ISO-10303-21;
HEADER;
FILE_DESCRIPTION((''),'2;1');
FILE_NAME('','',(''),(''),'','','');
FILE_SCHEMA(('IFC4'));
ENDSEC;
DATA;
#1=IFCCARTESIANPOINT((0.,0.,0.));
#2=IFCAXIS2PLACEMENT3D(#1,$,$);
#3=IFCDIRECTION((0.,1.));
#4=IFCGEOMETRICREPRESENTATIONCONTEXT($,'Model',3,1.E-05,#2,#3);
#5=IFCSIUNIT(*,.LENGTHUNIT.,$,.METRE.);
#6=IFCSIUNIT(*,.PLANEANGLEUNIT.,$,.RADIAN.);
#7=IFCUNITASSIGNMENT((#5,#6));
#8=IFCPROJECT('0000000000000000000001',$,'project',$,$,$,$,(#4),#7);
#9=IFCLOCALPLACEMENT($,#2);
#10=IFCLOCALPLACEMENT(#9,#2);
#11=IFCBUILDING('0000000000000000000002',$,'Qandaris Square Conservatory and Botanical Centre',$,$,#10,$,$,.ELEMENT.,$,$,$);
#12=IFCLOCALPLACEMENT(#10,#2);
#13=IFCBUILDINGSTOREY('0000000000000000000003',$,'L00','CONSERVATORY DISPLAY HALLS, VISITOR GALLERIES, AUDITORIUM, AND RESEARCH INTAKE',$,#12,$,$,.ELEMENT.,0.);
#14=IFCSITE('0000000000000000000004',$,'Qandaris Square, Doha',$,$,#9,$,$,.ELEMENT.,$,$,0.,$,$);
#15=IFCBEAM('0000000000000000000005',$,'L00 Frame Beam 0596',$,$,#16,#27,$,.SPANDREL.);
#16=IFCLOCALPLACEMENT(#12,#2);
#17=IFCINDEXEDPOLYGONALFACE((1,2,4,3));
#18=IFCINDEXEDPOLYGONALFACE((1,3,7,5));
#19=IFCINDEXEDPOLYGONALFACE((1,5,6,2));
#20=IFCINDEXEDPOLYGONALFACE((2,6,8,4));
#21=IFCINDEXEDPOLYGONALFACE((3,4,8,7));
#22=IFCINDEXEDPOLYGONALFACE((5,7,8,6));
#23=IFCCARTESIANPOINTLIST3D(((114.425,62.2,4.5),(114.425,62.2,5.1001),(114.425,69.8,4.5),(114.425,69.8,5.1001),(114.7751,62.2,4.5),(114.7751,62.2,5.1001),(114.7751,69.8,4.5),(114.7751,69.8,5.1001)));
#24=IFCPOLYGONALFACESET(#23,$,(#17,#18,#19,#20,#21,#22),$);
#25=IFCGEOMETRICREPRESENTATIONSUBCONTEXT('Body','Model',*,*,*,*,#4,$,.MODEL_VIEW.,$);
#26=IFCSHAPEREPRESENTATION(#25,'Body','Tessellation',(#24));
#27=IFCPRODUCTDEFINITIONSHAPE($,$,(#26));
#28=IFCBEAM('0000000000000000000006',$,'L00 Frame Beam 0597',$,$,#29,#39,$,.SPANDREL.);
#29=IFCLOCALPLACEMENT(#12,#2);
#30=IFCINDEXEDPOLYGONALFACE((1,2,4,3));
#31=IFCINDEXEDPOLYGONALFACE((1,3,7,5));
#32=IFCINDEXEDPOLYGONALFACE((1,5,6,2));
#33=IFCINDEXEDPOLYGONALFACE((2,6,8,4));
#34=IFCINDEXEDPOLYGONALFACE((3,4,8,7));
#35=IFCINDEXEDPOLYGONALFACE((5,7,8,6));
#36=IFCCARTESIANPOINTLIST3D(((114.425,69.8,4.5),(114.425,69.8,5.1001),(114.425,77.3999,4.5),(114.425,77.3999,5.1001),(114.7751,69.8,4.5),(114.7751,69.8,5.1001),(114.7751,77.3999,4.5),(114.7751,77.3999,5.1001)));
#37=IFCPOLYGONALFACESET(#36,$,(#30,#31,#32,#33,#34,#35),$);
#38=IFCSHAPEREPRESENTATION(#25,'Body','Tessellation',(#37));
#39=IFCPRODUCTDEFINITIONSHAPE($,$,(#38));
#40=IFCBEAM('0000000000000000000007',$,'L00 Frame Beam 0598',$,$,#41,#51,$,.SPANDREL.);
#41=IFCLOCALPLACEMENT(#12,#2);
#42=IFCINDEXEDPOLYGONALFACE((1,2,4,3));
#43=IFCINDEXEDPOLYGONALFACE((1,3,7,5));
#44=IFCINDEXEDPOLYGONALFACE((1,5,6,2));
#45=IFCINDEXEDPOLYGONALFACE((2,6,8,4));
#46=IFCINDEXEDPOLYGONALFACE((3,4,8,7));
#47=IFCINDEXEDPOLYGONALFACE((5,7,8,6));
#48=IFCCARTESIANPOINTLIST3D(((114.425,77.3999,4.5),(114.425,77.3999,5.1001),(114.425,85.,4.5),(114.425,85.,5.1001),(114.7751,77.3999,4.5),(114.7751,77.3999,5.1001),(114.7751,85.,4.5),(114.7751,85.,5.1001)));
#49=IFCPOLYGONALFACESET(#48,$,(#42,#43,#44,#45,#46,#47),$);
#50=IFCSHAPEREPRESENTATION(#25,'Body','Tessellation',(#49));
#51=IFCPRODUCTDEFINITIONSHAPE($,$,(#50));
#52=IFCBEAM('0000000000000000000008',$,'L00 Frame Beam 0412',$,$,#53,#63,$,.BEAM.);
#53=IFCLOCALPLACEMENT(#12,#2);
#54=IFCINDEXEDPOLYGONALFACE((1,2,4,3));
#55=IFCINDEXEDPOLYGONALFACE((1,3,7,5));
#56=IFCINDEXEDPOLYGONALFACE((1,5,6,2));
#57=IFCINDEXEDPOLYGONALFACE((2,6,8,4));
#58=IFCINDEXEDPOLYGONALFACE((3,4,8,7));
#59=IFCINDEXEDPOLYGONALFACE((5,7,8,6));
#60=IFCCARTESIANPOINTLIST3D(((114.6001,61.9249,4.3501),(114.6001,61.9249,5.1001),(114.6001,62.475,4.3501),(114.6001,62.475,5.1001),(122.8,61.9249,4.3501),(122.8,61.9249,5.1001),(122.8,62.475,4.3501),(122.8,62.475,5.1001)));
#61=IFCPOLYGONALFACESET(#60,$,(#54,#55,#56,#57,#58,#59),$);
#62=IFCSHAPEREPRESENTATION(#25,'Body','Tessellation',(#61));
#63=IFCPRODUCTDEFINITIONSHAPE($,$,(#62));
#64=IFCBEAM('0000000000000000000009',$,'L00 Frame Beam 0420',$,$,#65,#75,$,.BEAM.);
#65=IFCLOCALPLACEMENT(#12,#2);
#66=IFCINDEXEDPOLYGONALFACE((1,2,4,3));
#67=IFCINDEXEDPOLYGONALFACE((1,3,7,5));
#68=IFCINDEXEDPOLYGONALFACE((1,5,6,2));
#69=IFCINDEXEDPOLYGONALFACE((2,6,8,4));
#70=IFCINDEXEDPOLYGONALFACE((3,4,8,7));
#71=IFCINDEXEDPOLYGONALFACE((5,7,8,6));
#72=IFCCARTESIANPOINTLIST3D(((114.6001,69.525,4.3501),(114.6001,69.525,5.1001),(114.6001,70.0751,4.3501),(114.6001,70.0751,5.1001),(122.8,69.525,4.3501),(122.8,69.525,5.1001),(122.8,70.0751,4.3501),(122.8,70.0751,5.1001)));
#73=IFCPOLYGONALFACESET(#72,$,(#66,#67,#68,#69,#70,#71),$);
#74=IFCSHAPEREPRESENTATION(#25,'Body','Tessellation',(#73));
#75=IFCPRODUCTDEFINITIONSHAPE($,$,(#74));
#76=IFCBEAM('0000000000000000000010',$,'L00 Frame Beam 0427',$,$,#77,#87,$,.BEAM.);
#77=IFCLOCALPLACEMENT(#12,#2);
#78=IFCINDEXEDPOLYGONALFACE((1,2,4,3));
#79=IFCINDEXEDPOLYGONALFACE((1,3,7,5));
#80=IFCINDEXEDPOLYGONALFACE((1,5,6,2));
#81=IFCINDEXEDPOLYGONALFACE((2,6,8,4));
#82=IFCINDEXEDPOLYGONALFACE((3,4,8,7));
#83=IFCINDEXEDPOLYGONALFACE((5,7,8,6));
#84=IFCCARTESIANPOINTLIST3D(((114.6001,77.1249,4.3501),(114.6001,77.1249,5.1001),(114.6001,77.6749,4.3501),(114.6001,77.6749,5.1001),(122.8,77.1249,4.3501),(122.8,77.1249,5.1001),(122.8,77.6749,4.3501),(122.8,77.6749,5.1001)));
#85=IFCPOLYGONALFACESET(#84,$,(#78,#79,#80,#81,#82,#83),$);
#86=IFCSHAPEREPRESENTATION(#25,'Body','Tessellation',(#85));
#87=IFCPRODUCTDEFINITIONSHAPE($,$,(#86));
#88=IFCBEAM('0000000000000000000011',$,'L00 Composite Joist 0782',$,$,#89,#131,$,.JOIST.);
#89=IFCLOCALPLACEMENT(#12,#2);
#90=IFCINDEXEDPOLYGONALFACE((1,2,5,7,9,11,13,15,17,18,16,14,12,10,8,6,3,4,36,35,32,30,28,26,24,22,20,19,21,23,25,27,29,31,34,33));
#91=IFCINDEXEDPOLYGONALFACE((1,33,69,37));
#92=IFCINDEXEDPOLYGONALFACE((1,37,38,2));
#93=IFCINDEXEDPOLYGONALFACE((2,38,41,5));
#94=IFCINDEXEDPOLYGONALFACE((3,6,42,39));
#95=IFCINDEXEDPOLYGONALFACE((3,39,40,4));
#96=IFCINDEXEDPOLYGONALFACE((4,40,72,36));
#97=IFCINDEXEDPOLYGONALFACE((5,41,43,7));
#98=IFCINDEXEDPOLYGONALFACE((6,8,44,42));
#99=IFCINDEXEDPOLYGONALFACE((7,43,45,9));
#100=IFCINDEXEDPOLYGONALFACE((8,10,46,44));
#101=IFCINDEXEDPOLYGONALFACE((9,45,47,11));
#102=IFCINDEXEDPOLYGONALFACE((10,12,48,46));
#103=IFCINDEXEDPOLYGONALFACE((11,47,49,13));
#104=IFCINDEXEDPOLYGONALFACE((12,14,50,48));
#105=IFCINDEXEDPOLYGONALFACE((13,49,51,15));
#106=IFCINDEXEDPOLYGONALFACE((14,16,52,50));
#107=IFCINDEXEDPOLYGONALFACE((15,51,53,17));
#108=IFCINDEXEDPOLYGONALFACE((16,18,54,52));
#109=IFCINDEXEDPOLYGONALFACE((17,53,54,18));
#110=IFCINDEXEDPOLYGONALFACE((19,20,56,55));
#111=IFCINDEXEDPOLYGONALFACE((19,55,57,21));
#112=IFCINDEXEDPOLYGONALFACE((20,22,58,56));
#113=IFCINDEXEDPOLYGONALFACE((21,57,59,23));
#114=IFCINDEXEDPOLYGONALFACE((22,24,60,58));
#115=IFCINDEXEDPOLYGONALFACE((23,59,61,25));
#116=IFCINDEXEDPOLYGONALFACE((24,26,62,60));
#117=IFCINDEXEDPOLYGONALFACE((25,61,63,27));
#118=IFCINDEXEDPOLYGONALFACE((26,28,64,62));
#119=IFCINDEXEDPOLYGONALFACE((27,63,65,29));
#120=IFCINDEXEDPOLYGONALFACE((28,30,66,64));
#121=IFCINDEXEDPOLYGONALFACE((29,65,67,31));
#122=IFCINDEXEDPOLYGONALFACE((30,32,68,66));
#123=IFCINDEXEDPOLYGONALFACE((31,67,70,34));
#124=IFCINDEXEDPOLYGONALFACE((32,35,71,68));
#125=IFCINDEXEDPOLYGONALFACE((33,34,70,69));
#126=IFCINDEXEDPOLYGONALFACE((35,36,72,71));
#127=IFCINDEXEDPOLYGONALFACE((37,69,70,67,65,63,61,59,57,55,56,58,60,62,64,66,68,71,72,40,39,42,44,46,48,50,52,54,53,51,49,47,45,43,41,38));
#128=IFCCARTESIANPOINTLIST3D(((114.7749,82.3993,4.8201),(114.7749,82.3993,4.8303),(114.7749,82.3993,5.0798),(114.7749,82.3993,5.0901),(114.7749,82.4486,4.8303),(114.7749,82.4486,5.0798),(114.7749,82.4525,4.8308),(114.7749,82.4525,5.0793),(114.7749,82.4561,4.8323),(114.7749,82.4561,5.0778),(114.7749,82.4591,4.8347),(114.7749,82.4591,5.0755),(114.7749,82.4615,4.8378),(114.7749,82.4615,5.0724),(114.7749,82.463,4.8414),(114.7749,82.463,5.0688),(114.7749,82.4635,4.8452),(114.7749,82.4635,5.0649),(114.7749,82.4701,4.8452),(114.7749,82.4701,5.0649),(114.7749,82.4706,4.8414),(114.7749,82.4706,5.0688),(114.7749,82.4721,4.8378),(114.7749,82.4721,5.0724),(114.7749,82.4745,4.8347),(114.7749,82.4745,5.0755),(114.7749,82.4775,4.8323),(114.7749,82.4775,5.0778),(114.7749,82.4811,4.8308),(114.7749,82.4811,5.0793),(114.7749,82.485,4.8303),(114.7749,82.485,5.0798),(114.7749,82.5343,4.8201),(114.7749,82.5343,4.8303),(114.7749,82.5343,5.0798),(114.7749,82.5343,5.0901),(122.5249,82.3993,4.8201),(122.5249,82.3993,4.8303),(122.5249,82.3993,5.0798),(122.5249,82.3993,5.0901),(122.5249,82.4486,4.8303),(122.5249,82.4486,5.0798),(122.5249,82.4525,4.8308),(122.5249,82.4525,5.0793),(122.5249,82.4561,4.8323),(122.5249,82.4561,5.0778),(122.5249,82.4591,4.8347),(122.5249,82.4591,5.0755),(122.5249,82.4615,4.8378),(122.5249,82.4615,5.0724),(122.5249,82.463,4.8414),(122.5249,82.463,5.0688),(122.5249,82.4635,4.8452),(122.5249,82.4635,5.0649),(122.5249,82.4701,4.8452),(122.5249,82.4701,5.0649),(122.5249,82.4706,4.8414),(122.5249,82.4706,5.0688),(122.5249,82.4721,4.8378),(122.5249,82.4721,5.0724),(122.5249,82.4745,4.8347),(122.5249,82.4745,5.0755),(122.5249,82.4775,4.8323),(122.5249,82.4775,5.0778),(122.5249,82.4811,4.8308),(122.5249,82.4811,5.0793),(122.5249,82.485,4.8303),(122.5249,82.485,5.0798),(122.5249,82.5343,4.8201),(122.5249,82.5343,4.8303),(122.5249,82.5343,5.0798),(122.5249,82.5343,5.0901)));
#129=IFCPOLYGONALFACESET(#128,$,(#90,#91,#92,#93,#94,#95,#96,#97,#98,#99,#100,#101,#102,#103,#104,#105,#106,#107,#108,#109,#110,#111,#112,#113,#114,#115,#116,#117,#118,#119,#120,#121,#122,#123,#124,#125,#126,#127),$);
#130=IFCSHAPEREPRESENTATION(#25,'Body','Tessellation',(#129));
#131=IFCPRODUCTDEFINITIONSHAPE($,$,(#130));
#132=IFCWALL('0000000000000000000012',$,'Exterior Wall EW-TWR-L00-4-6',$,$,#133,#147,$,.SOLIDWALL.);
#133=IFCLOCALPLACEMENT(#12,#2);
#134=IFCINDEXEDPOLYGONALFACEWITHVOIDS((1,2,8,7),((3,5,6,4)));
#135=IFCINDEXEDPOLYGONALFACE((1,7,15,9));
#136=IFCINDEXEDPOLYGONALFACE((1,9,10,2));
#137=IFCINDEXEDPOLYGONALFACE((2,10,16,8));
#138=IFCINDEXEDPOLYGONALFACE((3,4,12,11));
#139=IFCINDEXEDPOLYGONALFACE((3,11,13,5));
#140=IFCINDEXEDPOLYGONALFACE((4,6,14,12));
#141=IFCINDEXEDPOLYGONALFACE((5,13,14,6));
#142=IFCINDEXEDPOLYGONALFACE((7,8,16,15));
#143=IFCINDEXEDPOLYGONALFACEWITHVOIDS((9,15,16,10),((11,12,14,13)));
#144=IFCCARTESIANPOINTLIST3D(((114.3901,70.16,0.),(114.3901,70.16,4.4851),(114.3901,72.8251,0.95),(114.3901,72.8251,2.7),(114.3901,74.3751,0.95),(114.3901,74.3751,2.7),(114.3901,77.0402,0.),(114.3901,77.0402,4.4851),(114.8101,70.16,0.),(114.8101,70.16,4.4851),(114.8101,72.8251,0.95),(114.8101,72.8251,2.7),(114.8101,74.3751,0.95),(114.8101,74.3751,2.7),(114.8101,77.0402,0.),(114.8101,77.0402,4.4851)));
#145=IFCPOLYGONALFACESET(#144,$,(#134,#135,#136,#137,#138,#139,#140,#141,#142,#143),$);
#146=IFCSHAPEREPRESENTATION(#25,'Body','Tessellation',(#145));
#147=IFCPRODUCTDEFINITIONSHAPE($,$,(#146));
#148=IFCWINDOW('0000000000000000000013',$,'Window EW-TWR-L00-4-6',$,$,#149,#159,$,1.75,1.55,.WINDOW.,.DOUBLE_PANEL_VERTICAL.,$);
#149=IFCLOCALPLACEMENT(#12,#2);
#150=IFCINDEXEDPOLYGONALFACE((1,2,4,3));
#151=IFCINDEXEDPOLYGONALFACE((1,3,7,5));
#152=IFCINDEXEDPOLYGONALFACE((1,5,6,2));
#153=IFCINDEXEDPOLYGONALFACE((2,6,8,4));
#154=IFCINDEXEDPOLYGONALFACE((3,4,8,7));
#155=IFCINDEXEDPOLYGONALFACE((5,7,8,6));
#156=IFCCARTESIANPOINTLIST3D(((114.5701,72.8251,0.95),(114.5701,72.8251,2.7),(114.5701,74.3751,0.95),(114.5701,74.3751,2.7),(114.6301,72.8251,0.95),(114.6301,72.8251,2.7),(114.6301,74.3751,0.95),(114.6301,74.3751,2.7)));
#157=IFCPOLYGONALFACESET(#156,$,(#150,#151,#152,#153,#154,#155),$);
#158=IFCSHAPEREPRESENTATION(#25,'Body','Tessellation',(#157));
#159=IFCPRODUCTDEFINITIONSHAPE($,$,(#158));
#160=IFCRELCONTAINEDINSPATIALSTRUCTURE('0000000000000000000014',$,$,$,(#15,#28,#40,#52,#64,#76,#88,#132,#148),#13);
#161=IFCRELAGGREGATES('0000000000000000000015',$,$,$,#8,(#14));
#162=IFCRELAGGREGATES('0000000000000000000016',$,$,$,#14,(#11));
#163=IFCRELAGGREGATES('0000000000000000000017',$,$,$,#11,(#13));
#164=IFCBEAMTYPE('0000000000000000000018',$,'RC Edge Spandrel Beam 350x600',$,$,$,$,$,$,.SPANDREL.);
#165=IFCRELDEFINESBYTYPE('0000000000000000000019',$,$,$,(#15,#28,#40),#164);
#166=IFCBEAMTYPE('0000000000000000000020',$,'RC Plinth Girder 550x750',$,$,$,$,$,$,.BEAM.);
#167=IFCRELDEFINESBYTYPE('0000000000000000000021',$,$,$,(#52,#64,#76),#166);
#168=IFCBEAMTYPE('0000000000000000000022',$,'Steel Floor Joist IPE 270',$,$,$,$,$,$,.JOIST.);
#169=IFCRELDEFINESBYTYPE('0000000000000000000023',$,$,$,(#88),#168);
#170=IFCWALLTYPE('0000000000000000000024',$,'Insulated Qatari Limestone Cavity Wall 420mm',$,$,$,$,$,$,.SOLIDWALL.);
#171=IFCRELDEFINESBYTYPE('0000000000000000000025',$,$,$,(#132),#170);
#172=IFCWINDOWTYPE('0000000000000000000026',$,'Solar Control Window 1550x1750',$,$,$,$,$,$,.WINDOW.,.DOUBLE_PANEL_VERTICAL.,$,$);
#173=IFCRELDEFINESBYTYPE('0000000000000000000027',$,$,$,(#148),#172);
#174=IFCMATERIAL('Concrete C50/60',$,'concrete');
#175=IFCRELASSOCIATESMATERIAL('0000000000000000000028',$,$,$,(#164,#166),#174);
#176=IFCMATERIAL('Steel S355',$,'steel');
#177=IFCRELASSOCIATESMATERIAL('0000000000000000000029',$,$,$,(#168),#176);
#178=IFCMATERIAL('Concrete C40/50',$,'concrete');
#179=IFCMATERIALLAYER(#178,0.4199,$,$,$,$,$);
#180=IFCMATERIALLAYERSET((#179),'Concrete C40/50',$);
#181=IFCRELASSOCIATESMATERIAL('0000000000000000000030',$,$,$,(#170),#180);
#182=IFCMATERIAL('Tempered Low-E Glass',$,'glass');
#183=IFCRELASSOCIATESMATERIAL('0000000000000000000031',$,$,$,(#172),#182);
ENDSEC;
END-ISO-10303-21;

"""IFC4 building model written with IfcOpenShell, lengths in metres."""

from ifc_helpers import new_model, si_unit, direction, frame, frame_2d, origin, origin_2d, place, context, subcontext, project, spatial, rectangle, i_section, extrude, material, layer, layer_set, material_profile, profile_set, type_object, element, fill, save


model = new_model("IFC4")

# Units and contexts
model_context = context("Model", 3, precision=1e-05, world=origin(), true_north=direction((0.0, 1.0)))
body_context = subcontext(model_context, "Body", "Model", "MODEL_VIEW")
ifc_project = project(units=[si_unit("LENGTHUNIT", "METRE"), si_unit("PLANEANGLEUNIT", "RADIAN")], contexts=[model_context])

# Site, building, storey
site_placement = place(None, origin())
site = spatial("IfcSite", under=ifc_project, at=site_placement, Name="Qandaris Square, Doha", CompositionType="ELEMENT", RefElevation=0.0)
building_placement = place(site_placement, origin())
building = spatial("IfcBuilding", under=site, at=building_placement, Name="Qandaris Square Conservatory and Botanical Centre", CompositionType="ELEMENT")
storey_placement = place(building_placement, origin())
storey = spatial("IfcBuildingStorey", under=building, at=storey_placement, Name="L00", Description="CONSERVATORY DISPLAY HALLS, VISITOR GALLERIES, AUDITORIUM, AND RESEARCH INTAKE", CompositionType="ELEMENT", Elevation=0.0)

# Shared definitions
ifc_material_1 = material(Name="Concrete C40/50", Category="concrete")

# Beams
ifc_material_2 = material(Name="Steel S355", Category="steel")
ifc_material_3 = material(Name="Concrete C50/60", Category="concrete")
ifc_material_profile_1 = material_profile(ifc_material_3, rectangle(XDim=0.3501, YDim=0.6001, at=origin_2d()), Name="RC-SP 350x600")
ifc_profile_set_1 = profile_set([ifc_material_profile_1], Name="Concrete C50/60")
beam_type_1 = type_object("IfcBeamType", Name="RC Edge Spandrel Beam 350x600", PredefinedType="SPANDREL", material=ifc_profile_set_1)
beam_1_placement = place(storey_placement, frame((114.6001, 62.2, 4.8), z_axis=(0.0, 1.0, 0.0), x_axis=(-1.0, 0.0, 0.0)))
element("IfcBeam", 1, at=beam_1_placement, inside=storey, type_object=beam_type_1, Name="L00 Frame Beam 0596", PredefinedType="SPANDREL", context=body_context, shape_type="SweptSolid", body=[
    extrude(rectangle(XDim=0.3501, YDim=0.6001, at=origin_2d()), origin(), (0.0, 0.0, 1.0), 7.6001),
])
beam_2_placement = place(storey_placement, frame((114.6001, 69.8, 4.8), z_axis=(0.0, 1.0, 0.0), x_axis=(-1.0, 0.0, 0.0)))
element("IfcBeam", 2, at=beam_2_placement, inside=storey, type_object=beam_type_1, Name="L00 Frame Beam 0597", PredefinedType="SPANDREL", context=body_context, shape_type="SweptSolid", body=[
    extrude(rectangle(XDim=0.3501, YDim=0.6001, at=origin_2d()), origin(), (0.0, 0.0, 1.0), 7.5999),
])
beam_3_placement = place(storey_placement, frame((114.6001, 77.3999, 4.8), z_axis=(0.0, 1.0, 0.0), x_axis=(-1.0, 0.0, 0.0)))
element("IfcBeam", 3, at=beam_3_placement, inside=storey, type_object=beam_type_1, Name="L00 Frame Beam 0598", PredefinedType="SPANDREL", context=body_context, shape_type="SweptSolid", body=[
    extrude(rectangle(XDim=0.3501, YDim=0.6001, at=origin_2d()), origin(), (0.0, 0.0, 1.0), 7.6001),
])
ifc_material_profile_2 = material_profile(ifc_material_3, rectangle(XDim=0.55, YDim=0.75, at=origin_2d()), Name="RC-BM 550x750")
ifc_profile_set_2 = profile_set([ifc_material_profile_2], Name="Concrete C50/60")
beam_type_2 = type_object("IfcBeamType", Name="RC Plinth Girder 550x750", PredefinedType="BEAM", material=ifc_profile_set_2)
for number, where, z_axis, x_axis, name in (
    (4, (114.6001, 62.2, 4.7251), (1.0, 0.0, 0.0), (0.0, 1.0, 0.0), "L00 Frame Beam 0412"),
    (5, (114.6001, 69.8, 4.7251), (1.0, 0.0, 0.0), (0.0, 1.0, 0.0), "L00 Frame Beam 0420"),
    (6, (114.6001, 77.3999, 4.7251), (1.0, 0.0, 0.0), (0.0, 1.0, 0.0), "L00 Frame Beam 0427"),
):
    element("IfcBeam", number, at=place(storey_placement, frame(where, z_axis=z_axis, x_axis=x_axis)), inside=storey, type_object=beam_type_2, Name=name, PredefinedType="BEAM", context=body_context, shape_type="SweptSolid", body=[
        extrude(rectangle(XDim=0.55, YDim=0.75, at=origin_2d()), origin(), (0.0, 0.0, 1.0), 8.2),
    ])
ifc_material_profile_3 = material_profile(ifc_material_2, i_section(OverallWidth=0.135, OverallDepth=0.27, WebThickness=0.0066, FlangeThickness=0.0103, FilletRadius=0.0149, at=origin_2d()), Name="IPE 270")
ifc_profile_set_3 = profile_set([ifc_material_profile_3], Name="Steel S355")
beam_type_3 = type_object("IfcBeamType", Name="Steel Floor Joist IPE 270", PredefinedType="JOIST", material=ifc_profile_set_3)
beam_4_placement = place(storey_placement, frame((114.7749, 82.4668, 4.9551), z_axis=(1.0, 0.0, 0.0), x_axis=(0.0, 1.0, 0.0)))
element("IfcBeam", 7, at=beam_4_placement, inside=storey, type_object=beam_type_3, Name="L00 Composite Joist 0782", PredefinedType="JOIST", context=body_context, shape_type="SweptSolid", body=[
    extrude(i_section(OverallWidth=0.135, OverallDepth=0.27, WebThickness=0.0066, FlangeThickness=0.0103, FilletRadius=0.0149, at=origin_2d()), origin(), (0.0, 0.0, 1.0), 7.75),
])

# Wall, opening, window
ifc_layer_1 = layer(ifc_material_1, 0.4199)
ifc_layer_set_1 = layer_set([ifc_layer_1], Name="Concrete C40/50")
wall_type_1 = type_object("IfcWallType", Name="Insulated Qatari Limestone Cavity Wall 420mm", PredefinedType="SOLIDWALL", material=ifc_layer_set_1)
wall_1_placement = place(storey_placement, frame((114.6001, 77.04, 0.0), z_axis=(0.0, 0.0, 1.0), x_axis=(0.0, -1.0, 0.0)))
wall_1 = element("IfcWall", 8, at=wall_1_placement, inside=storey, type_object=wall_type_1, Name="Exterior Wall EW-TWR-L00-4-6", PredefinedType="SOLIDWALL", context=body_context, shape_type="SweptSolid", body=[
    extrude(rectangle(XDim=6.8801, YDim=0.4199, at=frame_2d((3.4399, 0.0))), origin(), (0.0, 0.0, 1.0), 4.4851),
])
opening_1_placement = place(wall_1_placement, frame((2.665, 0.0, 0.95)))
opening_1 = element("IfcOpeningElement", 9, at=opening_1_placement, cuts=wall_1, PredefinedType="OPENING", context=body_context, shape_type="SweptSolid", body=[
    extrude(rectangle(XDim=1.55, YDim=1.75, at=frame_2d((0.7749, 0.875))), frame((0.0, 0.2219, 0.0), z_axis=(0.0, -1.0, 0.0), x_axis=(1.0, 0.0, 0.0)), (0.0, 0.0, 1.0), 0.4438),
])
ifc_material_4 = material(Name="Tempered Low-E Glass", Category="glass")
window_type_1 = type_object("IfcWindowType", Name="Solar Control Window 1550x1750", PartitioningType="DOUBLE_PANEL_VERTICAL", PredefinedType="WINDOW", material=ifc_material_4)
window_1_placement = place(opening_1_placement, origin())
window_1 = element("IfcWindow", 10, at=window_1_placement, inside=storey, type_object=window_type_1, Name="Window EW-TWR-L00-4-6", OverallHeight=1.75, OverallWidth=1.55, PartitioningType="DOUBLE_PANEL_VERTICAL", PredefinedType="WINDOW", context=body_context, shape_type="SweptSolid", body=[
    extrude(rectangle(XDim=1.55, YDim=1.75, at=frame_2d((0.7749, 0.875))), frame((0.0, 0.03, 0.0), z_axis=(0.0, -1.0, 0.0), x_axis=(1.0, 0.0, 0.0)), (0.0, 0.0, 1.0), 0.0601),
])
fill(opening_1, window_1)

save(model, "model.ifc")
